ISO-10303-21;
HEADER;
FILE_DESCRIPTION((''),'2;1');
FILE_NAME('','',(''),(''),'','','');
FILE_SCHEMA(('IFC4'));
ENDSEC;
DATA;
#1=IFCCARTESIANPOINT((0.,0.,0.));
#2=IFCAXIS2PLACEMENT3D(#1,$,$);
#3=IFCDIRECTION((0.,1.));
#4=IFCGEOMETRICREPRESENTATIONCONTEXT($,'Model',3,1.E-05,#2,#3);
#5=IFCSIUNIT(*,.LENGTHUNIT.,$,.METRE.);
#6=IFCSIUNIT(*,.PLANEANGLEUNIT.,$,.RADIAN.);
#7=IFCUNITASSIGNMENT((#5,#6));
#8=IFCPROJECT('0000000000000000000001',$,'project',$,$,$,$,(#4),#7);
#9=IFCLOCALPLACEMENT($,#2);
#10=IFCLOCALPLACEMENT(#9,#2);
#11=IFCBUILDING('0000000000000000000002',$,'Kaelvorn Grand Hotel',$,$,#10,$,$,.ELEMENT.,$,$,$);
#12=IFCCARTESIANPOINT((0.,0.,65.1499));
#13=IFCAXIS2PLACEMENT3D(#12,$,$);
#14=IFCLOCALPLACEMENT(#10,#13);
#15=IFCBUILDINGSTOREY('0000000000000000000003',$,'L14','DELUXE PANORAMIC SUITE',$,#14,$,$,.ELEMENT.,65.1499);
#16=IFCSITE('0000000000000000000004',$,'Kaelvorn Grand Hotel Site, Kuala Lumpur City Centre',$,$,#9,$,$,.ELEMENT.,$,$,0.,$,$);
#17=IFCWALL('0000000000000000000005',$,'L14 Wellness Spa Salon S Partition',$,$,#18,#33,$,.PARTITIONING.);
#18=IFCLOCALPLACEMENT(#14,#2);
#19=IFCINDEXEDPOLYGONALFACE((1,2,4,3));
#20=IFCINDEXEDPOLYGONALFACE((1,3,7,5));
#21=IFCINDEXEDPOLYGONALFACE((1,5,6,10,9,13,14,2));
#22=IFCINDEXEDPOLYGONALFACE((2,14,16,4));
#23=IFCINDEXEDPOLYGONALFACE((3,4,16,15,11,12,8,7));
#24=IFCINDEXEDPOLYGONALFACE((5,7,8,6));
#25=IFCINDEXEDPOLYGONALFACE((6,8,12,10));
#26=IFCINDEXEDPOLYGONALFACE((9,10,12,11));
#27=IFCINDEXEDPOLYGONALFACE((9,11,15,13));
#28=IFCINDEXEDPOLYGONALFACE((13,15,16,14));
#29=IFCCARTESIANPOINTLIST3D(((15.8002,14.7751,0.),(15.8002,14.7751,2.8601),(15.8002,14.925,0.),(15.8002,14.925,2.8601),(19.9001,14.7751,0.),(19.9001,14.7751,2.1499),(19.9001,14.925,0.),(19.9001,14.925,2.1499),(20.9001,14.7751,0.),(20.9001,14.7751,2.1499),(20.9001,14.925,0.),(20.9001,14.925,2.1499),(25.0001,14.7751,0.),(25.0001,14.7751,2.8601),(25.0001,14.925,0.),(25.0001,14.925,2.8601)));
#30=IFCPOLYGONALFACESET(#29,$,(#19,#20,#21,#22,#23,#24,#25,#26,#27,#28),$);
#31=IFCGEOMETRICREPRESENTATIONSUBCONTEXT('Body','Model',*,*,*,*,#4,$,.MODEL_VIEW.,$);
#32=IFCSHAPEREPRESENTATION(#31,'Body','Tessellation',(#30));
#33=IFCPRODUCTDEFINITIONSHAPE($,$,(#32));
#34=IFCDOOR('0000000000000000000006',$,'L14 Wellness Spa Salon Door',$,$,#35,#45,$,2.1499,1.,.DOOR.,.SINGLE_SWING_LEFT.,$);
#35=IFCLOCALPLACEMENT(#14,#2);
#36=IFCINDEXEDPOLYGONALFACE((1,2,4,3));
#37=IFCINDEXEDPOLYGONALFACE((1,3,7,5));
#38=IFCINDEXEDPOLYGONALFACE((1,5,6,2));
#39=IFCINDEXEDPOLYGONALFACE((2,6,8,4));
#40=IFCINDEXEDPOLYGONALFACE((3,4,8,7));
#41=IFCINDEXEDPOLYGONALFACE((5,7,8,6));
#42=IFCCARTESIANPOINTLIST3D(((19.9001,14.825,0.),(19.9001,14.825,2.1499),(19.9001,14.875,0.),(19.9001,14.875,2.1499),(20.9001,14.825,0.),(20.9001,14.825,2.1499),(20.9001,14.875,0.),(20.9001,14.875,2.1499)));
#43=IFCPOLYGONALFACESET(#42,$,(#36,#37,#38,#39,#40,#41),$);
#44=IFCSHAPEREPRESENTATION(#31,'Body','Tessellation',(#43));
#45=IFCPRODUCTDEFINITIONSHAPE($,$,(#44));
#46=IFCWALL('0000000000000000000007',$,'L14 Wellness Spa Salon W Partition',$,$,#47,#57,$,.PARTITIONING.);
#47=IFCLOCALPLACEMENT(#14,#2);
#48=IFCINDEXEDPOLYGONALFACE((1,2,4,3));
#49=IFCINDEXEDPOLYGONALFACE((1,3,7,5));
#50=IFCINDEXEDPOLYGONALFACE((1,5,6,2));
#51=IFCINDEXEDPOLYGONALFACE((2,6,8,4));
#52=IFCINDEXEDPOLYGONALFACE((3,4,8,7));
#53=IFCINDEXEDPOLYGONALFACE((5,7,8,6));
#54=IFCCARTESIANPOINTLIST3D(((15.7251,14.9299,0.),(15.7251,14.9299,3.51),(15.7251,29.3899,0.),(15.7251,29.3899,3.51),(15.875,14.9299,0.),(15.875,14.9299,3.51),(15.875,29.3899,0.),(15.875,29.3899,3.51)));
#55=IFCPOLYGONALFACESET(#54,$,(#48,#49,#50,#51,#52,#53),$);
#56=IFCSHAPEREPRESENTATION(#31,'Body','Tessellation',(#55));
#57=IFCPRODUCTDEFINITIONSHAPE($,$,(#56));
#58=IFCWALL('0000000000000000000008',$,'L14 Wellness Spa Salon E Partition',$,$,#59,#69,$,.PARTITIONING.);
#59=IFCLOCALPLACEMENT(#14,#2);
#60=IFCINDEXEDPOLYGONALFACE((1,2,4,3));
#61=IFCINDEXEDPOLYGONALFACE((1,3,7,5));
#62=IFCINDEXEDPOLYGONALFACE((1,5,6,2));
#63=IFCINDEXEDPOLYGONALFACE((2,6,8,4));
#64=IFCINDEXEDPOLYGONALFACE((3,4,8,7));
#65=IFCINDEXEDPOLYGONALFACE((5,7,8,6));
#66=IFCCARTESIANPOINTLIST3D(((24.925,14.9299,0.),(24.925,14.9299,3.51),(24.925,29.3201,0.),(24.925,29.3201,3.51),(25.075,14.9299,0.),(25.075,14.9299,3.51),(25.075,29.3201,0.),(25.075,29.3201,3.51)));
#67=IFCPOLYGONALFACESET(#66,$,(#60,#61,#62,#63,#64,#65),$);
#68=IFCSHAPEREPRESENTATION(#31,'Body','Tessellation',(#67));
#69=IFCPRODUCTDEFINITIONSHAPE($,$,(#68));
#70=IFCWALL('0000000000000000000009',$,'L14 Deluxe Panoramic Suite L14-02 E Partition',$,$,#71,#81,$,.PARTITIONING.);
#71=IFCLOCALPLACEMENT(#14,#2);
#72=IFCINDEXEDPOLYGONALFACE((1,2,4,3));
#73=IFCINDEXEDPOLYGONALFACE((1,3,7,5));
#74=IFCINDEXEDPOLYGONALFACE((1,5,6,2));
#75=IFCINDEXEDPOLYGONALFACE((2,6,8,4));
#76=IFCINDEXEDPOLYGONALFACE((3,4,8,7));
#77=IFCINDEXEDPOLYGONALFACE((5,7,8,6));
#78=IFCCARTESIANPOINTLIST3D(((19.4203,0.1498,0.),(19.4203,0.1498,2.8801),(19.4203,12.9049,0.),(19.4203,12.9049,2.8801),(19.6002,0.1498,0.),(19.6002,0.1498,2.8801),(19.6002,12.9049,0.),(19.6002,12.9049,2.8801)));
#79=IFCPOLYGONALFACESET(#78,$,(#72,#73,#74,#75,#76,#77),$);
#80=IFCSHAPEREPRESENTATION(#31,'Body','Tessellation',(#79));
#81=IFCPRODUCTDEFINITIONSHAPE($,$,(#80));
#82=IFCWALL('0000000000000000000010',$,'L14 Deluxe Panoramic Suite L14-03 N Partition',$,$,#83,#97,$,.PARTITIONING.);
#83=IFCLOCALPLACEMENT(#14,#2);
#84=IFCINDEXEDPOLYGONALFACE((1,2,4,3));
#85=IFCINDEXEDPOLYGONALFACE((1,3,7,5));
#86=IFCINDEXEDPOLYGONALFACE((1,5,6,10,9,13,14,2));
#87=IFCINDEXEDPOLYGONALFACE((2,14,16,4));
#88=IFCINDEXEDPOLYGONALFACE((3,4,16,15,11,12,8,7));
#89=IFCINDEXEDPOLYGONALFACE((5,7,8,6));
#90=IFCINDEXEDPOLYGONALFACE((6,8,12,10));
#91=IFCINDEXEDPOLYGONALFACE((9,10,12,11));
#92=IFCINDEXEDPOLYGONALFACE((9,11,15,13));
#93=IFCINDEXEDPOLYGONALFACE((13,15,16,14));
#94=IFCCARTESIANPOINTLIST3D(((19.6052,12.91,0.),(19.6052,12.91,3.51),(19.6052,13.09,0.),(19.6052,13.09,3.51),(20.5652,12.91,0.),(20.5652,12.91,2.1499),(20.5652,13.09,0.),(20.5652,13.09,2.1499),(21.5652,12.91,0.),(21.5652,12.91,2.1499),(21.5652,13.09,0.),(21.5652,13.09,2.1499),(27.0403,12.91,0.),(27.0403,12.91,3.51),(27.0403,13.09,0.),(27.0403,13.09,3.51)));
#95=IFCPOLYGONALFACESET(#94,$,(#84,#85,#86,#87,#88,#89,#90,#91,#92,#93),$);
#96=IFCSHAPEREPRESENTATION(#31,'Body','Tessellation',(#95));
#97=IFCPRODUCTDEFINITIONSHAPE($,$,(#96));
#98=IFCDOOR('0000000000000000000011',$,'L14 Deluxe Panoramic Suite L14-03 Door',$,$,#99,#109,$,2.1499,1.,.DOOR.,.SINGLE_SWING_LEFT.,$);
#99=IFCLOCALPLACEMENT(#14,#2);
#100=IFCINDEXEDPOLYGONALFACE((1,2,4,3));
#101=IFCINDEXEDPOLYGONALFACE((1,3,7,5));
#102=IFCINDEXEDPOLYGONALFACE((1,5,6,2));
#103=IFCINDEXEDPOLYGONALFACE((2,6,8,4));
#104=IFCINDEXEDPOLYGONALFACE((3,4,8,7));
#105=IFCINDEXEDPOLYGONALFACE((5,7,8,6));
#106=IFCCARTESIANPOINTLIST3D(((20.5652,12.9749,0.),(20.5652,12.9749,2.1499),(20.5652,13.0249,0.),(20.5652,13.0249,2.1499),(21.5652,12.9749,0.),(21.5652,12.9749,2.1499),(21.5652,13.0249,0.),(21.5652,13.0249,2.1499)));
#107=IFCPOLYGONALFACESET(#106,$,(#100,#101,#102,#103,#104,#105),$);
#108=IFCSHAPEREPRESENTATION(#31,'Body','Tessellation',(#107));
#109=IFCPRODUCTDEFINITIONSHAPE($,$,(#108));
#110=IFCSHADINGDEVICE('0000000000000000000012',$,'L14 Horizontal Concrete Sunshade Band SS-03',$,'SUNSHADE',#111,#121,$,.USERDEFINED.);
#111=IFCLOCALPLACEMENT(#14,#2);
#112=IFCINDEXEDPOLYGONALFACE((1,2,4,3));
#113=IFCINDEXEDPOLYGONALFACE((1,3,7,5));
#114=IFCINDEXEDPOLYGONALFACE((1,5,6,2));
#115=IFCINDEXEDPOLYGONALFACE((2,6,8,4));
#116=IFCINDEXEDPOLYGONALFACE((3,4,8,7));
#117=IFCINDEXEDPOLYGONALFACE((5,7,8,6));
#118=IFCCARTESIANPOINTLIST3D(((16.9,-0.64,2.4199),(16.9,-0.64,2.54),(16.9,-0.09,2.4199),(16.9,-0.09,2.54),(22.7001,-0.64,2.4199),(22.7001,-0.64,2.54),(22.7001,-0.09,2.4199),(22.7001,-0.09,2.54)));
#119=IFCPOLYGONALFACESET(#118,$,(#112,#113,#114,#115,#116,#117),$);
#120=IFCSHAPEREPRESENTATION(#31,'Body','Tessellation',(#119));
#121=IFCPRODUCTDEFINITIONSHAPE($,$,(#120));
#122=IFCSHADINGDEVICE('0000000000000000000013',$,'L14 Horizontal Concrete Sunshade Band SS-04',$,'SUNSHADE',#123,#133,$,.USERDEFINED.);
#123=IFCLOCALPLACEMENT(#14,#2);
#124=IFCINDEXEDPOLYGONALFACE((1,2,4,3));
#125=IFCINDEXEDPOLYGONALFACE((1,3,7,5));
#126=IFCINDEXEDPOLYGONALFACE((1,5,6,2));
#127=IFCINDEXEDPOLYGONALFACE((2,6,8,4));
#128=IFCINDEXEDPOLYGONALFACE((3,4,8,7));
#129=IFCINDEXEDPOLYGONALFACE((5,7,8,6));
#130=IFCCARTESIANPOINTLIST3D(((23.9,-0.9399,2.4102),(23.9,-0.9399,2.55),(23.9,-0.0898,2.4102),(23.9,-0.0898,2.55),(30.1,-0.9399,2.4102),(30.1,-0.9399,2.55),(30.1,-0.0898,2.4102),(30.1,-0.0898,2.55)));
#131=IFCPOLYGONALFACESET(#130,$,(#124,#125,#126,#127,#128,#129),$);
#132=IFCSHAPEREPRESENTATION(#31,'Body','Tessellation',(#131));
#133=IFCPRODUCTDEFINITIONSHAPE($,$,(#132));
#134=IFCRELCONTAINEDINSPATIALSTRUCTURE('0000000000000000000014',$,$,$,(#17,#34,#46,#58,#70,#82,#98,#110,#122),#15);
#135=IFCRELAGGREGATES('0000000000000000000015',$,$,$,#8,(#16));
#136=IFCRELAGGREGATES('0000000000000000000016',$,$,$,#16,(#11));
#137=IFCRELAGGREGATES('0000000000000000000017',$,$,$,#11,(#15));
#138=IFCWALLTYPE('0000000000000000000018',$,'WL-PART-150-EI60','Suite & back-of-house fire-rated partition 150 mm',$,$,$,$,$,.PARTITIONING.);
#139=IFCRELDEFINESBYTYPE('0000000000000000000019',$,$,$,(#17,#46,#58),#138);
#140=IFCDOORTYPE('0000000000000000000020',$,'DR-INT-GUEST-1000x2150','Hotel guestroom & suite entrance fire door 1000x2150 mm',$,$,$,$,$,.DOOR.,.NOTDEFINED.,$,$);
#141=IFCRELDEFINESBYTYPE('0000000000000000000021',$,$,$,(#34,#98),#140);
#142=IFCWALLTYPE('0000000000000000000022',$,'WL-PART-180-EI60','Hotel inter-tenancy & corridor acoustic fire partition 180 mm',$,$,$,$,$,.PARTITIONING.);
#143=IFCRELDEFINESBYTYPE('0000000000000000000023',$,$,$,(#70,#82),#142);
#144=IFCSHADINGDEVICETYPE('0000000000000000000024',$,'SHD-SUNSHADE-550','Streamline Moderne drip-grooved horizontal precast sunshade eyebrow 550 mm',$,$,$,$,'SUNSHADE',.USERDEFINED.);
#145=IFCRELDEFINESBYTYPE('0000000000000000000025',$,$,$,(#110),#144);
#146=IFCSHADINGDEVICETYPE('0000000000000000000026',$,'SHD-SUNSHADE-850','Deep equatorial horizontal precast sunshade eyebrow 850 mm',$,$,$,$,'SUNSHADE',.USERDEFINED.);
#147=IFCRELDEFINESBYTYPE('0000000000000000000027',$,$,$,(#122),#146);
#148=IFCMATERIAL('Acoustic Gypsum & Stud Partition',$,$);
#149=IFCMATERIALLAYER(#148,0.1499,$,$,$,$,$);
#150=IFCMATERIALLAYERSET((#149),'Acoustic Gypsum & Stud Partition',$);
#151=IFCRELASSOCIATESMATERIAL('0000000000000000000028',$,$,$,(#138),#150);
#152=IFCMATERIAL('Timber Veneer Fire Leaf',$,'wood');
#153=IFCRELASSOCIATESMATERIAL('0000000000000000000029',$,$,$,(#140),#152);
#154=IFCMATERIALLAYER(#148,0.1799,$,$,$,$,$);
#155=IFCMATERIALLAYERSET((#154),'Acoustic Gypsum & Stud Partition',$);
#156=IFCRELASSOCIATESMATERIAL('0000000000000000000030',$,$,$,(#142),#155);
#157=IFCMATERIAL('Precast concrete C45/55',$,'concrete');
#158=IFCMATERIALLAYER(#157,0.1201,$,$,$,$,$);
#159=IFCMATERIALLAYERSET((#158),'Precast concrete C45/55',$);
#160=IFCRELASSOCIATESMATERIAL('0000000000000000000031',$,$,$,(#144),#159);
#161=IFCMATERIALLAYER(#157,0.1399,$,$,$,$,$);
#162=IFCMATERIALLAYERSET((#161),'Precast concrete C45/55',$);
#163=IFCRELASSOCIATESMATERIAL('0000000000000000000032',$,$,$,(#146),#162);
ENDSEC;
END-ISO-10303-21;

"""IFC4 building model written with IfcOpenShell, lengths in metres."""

from ifc_helpers import new_model, si_unit, direction, frame, frame_2d, origin, origin_2d, place, context, subcontext, project, spatial, rectangle, extrude, material, layer, layer_set, type_object, element, fill, save


model = new_model("IFC4")

# Units and contexts
model_context = context("Model", 3, precision=1e-05, world=origin(), true_north=direction((0.0, 1.0)))
body_context = subcontext(model_context, "Body", "Model", "MODEL_VIEW")
ifc_project = project(units=[si_unit("LENGTHUNIT", "METRE"), si_unit("PLANEANGLEUNIT", "RADIAN")], contexts=[model_context])

# Site, building, storey
site_placement = place(None, origin())
site = spatial("IfcSite", under=ifc_project, at=site_placement, Name="Kaelvorn Grand Hotel Site, Kuala Lumpur City Centre", CompositionType="ELEMENT", RefElevation=0.0)
building_placement = place(site_placement, origin())
building = spatial("IfcBuilding", under=site, at=building_placement, Name="Kaelvorn Grand Hotel", CompositionType="ELEMENT")
storey_placement = place(building_placement, frame((0.0, 0.0, 65.1499)))
storey = spatial("IfcBuildingStorey", under=building, at=storey_placement, Name="L14", Description="DELUXE PANORAMIC SUITE", CompositionType="ELEMENT", Elevation=65.1499)

# Wall, opening, door
ifc_material_1 = material(Name="Acoustic Gypsum & Stud Partition")
ifc_layer_1 = layer(ifc_material_1, 0.1499)
ifc_layer_set_1 = layer_set([ifc_layer_1], Name="Acoustic Gypsum & Stud Partition")
wall_type_1 = type_object("IfcWallType", Name="WL-PART-150-EI60", Description="Suite & back-of-house fire-rated partition 150 mm", PredefinedType="PARTITIONING", material=ifc_layer_set_1)
wall_1_placement = place(storey_placement, frame((15.8, 14.8501, 0.0), z_axis=(0.0, 0.0, 1.0), x_axis=(1.0, 0.0, 0.0)))
wall_1 = element("IfcWall", 1, at=wall_1_placement, inside=storey, type_object=wall_type_1, Name="L14 Wellness Spa Salon S Partition", PredefinedType="PARTITIONING", context=body_context, shape_type="SweptSolid", body=[
    extrude(rectangle(XDim=9.2, YDim=0.1499, at=frame_2d((4.6001, 0.0))), origin(), (0.0, 0.0, 1.0), 2.8601),
])
opening_1_placement = place(wall_1_placement, frame((4.1001, 0.0, 0.0)))
opening_1 = element("IfcOpeningElement", 2, at=opening_1_placement, cuts=wall_1, PredefinedType="OPENING", context=body_context, shape_type="SweptSolid", body=[
    extrude(rectangle(XDim=1.0, YDim=2.1499, at=frame_2d((0.5, 1.075))), frame((0.0, 0.085, 0.0), z_axis=(0.0, -1.0, 0.0), x_axis=(1.0, 0.0, 0.0)), (0.0, 0.0, 1.0), 0.1699),
])
ifc_material_2 = material(Name="Timber Veneer Fire Leaf", Category="wood")
door_type_1 = type_object("IfcDoorType", Name="DR-INT-GUEST-1000x2150", Description="Hotel guestroom & suite entrance fire door 1000x2150 mm", OperationType="NOTDEFINED", PredefinedType="DOOR", material=ifc_material_2)
door_1_placement = place(opening_1_placement, origin())
door_1 = element("IfcDoor", 3, at=door_1_placement, inside=storey, type_object=door_type_1, Name="L14 Wellness Spa Salon Door", OperationType="SINGLE_SWING_LEFT", OverallHeight=2.1499, OverallWidth=1.0, PredefinedType="DOOR", context=body_context, shape_type="SweptSolid", body=[
    extrude(rectangle(XDim=1.0, YDim=2.1499, at=frame_2d((0.5, 1.075))), frame((0.0, 0.0249, 0.0), z_axis=(0.0, -1.0, 0.0), x_axis=(1.0, 0.0, 0.0)), (0.0, 0.0, 1.0), 0.05),
])
fill(opening_1, door_1)

# Walls
wall_2_placement = place(storey_placement, frame((15.8, 14.9299, 0.0), z_axis=(0.0, 0.0, 1.0), x_axis=(0.0, 1.0, 0.0)))
element("IfcWall", 4, at=wall_2_placement, inside=storey, type_object=wall_type_1, Name="L14 Wellness Spa Salon W Partition", PredefinedType="PARTITIONING", context=body_context, shape_type="SweptSolid", body=[
    extrude(rectangle(XDim=14.46, YDim=0.1499, at=frame_2d((7.23, 0.0))), origin(), (0.0, 0.0, 1.0), 3.51),
])
wall_3_placement = place(storey_placement, frame((25.0, 14.9299, 0.0), z_axis=(0.0, 0.0, 1.0), x_axis=(0.0, 1.0, 0.0)))
element("IfcWall", 5, at=wall_3_placement, inside=storey, type_object=wall_type_1, Name="L14 Wellness Spa Salon E Partition", PredefinedType="PARTITIONING", context=body_context, shape_type="SweptSolid", body=[
    extrude(rectangle(XDim=14.3901, YDim=0.1499, at=frame_2d((7.1951, 0.0))), origin(), (0.0, 0.0, 1.0), 3.51),
])
ifc_layer_2 = layer(ifc_material_1, 0.1799)
ifc_layer_set_2 = layer_set([ifc_layer_2], Name="Acoustic Gypsum & Stud Partition")
wall_type_2 = type_object("IfcWallType", Name="WL-PART-180-EI60", Description="Hotel inter-tenancy & corridor acoustic fire partition 180 mm", PredefinedType="PARTITIONING", material=ifc_layer_set_2)
wall_4_placement = place(storey_placement, frame((19.5103, 0.1499, 0.0), z_axis=(0.0, 0.0, 1.0), x_axis=(0.0, 1.0, 0.0)))
element("IfcWall", 6, at=wall_4_placement, inside=storey, type_object=wall_type_2, Name="L14 Deluxe Panoramic Suite L14-02 E Partition", PredefinedType="PARTITIONING", context=body_context, shape_type="SweptSolid", body=[
    extrude(rectangle(XDim=12.7551, YDim=0.1799, at=frame_2d((6.3774, 0.0))), origin(), (0.0, 0.0, 1.0), 2.8801),
])

# Wall, opening, door
wall_5_placement = place(storey_placement, frame((19.6052, 13.0, 0.0), z_axis=(0.0, 0.0, 1.0), x_axis=(1.0, 0.0, 0.0)))
wall_5 = element("IfcWall", 7, at=wall_5_placement, inside=storey, type_object=wall_type_2, Name="L14 Deluxe Panoramic Suite L14-03 N Partition", PredefinedType="PARTITIONING", context=body_context, shape_type="SweptSolid", body=[
    extrude(rectangle(XDim=7.4351, YDim=0.1799, at=frame_2d((3.7175, 0.0))), origin(), (0.0, 0.0, 1.0), 3.51),
])
opening_2_placement = place(wall_5_placement, frame((0.96, 0.0, 0.0)))
opening_2 = element("IfcOpeningElement", 8, at=opening_2_placement, cuts=wall_5, PredefinedType="OPENING", context=body_context, shape_type="SweptSolid", body=[
    extrude(rectangle(XDim=1.0, YDim=2.1499, at=frame_2d((0.5, 1.075))), frame((0.0, 0.1001, 0.0), z_axis=(0.0, -1.0, 0.0), x_axis=(1.0, 0.0, 0.0)), (0.0, 0.0, 1.0), 0.2),
])
door_2_placement = place(opening_2_placement, origin())
door_2 = element("IfcDoor", 9, at=door_2_placement, inside=storey, type_object=door_type_1, Name="L14 Deluxe Panoramic Suite L14-03 Door", OperationType="SINGLE_SWING_LEFT", OverallHeight=2.1499, OverallWidth=1.0, PredefinedType="DOOR", context=body_context, shape_type="SweptSolid", body=[
    extrude(rectangle(XDim=1.0, YDim=2.1499, at=frame_2d((0.5, 1.075))), frame((0.0, 0.0249, 0.0), z_axis=(0.0, -1.0, 0.0), x_axis=(1.0, 0.0, 0.0)), (0.0, 0.0, 1.0), 0.05),
])
fill(opening_2, door_2)

# Shading devices
ifc_material_3 = material(Name="Precast concrete C45/55", Category="concrete")
ifc_layer_3 = layer(ifc_material_3, 0.1201)
ifc_layer_set_3 = layer_set([ifc_layer_3], Name="Precast concrete C45/55")
shading_device_type_1 = type_object("IfcShadingDeviceType", Name="SHD-SUNSHADE-550", Description="Streamline Moderne drip-grooved horizontal precast sunshade eyebrow 550 mm", ElementType="SUNSHADE", PredefinedType="USERDEFINED", material=ifc_layer_set_3)
shading_device_1_placement = place(storey_placement, frame((19.8, -0.365, 2.4199), z_axis=(0.0, 0.0, 1.0), x_axis=(1.0, 0.0, 0.0)))
element("IfcShadingDevice", 10, at=shading_device_1_placement, inside=storey, type_object=shading_device_type_1, Name="L14 Horizontal Concrete Sunshade Band SS-03", ObjectType="SUNSHADE", PredefinedType="USERDEFINED", context=body_context, shape_type="SweptSolid", body=[
    extrude(rectangle(XDim=5.8, YDim=0.55, at=origin_2d()), origin(), (0.0, 0.0, 1.0), 0.1201),
])
ifc_layer_4 = layer(ifc_material_3, 0.1399)
ifc_layer_set_4 = layer_set([ifc_layer_4], Name="Precast concrete C45/55")
shading_device_type_2 = type_object("IfcShadingDeviceType", Name="SHD-SUNSHADE-850", Description="Deep equatorial horizontal precast sunshade eyebrow 850 mm", ElementType="SUNSHADE", PredefinedType="USERDEFINED", material=ifc_layer_set_4)
shading_device_2_placement = place(storey_placement, frame((27.0, -0.5149, 2.4102), z_axis=(0.0, 0.0, 1.0), x_axis=(1.0, 0.0, 0.0)))
element("IfcShadingDevice", 11, at=shading_device_2_placement, inside=storey, type_object=shading_device_type_2, Name="L14 Horizontal Concrete Sunshade Band SS-04", ObjectType="SUNSHADE", PredefinedType="USERDEFINED", context=body_context, shape_type="SweptSolid", body=[
    extrude(rectangle(XDim=6.2, YDim=0.8501, at=origin_2d()), origin(), (0.0, 0.0, 1.0), 0.1399),
])

save(model, "model.ifc")
